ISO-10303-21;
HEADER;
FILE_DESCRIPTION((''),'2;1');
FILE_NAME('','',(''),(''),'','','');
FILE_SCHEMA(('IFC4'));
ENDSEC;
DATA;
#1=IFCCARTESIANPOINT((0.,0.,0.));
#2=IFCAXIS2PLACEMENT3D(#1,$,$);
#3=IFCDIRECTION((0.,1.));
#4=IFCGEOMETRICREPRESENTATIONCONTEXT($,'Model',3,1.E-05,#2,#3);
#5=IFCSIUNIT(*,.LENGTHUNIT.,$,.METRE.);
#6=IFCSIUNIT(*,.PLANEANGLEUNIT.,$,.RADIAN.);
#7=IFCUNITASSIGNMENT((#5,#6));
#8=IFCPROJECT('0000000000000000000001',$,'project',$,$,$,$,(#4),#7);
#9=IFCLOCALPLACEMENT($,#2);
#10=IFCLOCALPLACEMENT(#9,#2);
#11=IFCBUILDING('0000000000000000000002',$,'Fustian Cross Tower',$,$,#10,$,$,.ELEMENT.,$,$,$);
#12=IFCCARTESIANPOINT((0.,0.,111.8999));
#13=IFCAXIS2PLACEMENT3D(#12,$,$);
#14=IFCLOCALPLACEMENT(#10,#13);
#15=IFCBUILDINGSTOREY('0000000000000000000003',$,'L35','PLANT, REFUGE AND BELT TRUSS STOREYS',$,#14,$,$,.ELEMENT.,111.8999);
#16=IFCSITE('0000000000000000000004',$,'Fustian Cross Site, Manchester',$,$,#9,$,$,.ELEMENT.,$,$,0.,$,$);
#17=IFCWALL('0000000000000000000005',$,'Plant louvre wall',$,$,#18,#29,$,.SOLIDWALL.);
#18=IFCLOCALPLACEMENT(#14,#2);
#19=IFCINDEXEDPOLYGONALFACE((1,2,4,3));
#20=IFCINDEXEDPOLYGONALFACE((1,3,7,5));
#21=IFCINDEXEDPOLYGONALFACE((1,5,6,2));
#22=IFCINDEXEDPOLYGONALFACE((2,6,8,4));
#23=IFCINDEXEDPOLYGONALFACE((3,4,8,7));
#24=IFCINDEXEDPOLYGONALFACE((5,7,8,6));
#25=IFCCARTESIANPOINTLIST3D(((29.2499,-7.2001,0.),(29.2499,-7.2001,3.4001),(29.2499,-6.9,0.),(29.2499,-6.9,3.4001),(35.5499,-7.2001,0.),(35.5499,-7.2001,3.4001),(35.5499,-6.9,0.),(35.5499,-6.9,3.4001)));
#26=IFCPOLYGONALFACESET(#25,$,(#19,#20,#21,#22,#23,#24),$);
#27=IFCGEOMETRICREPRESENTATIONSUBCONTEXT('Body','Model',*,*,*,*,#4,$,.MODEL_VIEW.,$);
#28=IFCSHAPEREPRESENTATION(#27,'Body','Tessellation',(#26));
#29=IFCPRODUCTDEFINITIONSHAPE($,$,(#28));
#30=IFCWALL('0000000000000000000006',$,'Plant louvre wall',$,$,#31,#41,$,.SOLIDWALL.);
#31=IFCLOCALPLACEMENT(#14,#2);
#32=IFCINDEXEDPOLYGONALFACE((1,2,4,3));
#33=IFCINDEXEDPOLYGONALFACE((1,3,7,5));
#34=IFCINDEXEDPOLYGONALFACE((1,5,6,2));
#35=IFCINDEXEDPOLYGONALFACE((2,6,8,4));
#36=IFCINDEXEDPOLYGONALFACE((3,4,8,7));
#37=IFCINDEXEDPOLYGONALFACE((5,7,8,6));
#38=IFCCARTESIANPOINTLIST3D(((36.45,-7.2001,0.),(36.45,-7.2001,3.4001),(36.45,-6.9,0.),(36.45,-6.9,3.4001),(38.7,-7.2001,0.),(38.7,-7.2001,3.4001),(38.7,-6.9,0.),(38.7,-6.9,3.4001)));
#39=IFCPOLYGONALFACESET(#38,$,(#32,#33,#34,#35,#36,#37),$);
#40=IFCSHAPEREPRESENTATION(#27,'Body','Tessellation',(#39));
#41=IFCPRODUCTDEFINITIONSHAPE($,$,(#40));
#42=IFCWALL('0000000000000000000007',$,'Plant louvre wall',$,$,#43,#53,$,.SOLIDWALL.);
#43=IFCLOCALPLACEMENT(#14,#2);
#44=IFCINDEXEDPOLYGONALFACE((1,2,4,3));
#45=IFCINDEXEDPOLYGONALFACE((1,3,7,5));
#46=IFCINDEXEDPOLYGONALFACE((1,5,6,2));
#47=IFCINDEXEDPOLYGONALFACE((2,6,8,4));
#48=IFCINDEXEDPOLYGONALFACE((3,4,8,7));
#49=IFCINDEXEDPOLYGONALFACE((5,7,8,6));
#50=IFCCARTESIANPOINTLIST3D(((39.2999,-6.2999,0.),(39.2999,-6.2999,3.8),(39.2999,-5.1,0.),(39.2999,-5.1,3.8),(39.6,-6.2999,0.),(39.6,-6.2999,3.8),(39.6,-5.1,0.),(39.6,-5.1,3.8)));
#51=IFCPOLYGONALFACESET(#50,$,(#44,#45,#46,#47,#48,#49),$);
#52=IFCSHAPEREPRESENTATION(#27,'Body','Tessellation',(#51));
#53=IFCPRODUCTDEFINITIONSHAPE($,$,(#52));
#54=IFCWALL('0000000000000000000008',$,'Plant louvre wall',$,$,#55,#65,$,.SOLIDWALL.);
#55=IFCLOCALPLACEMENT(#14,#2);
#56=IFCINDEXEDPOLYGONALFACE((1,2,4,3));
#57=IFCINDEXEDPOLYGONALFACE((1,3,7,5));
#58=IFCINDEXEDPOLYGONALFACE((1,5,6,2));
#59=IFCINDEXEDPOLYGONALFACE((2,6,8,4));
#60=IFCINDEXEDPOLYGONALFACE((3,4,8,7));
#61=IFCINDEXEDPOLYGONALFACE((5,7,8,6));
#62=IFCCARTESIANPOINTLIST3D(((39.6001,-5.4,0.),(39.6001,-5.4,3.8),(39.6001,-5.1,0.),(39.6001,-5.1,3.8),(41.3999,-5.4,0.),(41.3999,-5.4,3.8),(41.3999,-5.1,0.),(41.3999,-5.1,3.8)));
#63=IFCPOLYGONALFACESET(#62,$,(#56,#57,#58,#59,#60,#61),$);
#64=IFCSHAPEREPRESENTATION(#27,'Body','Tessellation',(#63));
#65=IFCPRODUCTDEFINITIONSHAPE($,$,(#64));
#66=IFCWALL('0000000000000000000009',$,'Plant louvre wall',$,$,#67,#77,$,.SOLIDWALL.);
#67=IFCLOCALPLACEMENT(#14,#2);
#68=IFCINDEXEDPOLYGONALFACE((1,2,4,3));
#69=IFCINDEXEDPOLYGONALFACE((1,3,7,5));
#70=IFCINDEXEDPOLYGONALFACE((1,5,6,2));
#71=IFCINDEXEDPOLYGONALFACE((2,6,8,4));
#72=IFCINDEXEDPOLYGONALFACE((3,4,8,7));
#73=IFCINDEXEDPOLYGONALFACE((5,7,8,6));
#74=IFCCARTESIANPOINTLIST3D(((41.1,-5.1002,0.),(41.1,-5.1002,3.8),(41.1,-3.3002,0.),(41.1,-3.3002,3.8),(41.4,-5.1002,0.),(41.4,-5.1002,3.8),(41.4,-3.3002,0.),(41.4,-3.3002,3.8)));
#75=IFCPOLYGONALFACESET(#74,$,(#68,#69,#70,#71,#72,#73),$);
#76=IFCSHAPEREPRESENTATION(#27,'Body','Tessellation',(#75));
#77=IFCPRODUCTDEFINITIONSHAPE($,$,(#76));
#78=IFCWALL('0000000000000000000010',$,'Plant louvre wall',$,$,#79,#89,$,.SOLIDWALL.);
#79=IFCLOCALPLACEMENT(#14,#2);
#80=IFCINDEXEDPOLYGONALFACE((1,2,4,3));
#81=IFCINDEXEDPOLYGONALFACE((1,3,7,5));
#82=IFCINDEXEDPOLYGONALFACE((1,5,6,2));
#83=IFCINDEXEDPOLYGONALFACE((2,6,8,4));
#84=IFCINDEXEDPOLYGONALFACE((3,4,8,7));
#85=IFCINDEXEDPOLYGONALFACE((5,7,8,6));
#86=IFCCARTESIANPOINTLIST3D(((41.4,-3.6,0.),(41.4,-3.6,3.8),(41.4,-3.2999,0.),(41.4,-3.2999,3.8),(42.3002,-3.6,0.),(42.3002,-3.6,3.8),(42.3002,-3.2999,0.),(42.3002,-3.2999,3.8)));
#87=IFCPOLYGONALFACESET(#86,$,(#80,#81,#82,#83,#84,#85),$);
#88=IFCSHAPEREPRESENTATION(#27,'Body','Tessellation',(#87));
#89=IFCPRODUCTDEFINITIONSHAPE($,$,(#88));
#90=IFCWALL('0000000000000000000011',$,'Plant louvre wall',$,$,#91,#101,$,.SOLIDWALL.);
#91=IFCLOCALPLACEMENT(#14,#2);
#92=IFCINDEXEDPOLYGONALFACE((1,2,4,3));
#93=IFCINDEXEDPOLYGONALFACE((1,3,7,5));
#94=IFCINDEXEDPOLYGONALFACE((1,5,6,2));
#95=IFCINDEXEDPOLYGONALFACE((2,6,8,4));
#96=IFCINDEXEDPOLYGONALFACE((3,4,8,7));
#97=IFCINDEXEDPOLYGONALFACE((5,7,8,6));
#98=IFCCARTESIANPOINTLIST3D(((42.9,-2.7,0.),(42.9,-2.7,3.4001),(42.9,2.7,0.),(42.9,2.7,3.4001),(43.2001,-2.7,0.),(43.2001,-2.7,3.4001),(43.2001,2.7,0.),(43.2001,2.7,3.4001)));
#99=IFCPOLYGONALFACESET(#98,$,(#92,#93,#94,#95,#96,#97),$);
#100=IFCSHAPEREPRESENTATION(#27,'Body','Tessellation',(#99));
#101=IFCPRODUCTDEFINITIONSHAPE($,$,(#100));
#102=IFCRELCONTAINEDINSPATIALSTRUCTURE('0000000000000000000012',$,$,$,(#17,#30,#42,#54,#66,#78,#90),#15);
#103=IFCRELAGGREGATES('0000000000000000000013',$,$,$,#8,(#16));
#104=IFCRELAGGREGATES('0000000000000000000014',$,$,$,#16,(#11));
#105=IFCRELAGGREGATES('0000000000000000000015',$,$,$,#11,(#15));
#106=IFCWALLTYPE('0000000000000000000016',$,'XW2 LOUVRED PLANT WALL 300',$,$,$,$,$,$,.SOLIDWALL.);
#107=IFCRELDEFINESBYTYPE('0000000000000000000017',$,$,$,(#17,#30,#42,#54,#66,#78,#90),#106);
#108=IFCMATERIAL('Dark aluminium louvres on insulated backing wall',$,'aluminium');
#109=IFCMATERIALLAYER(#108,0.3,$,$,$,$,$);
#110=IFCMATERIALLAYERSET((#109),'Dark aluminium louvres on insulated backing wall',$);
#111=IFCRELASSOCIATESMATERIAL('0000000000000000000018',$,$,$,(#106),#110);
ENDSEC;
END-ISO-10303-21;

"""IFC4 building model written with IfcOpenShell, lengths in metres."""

from ifc_helpers import new_model, si_unit, direction, frame, frame_2d, origin, place, context, subcontext, project, spatial, rectangle, extrude, material, layer, layer_set, type_object, element, save


model = new_model("IFC4")

# Units and contexts
model_context = context("Model", 3, precision=1e-05, world=origin(), true_north=direction((0.0, 1.0)))
body_context = subcontext(model_context, "Body", "Model", "MODEL_VIEW")
ifc_project = project(units=[si_unit("LENGTHUNIT", "METRE"), si_unit("PLANEANGLEUNIT", "RADIAN")], contexts=[model_context])

# Site, building, storey
site_placement = place(None, origin())
site = spatial("IfcSite", under=ifc_project, at=site_placement, Name="Fustian Cross Site, Manchester", CompositionType="ELEMENT", RefElevation=0.0)
building_placement = place(site_placement, origin())
building = spatial("IfcBuilding", under=site, at=building_placement, Name="Fustian Cross Tower", CompositionType="ELEMENT")
storey_placement = place(building_placement, frame((0.0, 0.0, 111.8999)))
storey = spatial("IfcBuildingStorey", under=building, at=storey_placement, Name="L35", Description="PLANT, REFUGE AND BELT TRUSS STOREYS", CompositionType="ELEMENT", Elevation=111.8999)

# Walls
ifc_material_1 = material(Name="Dark aluminium louvres on insulated backing wall", Category="aluminium")
ifc_layer_1 = layer(ifc_material_1, 0.3)
ifc_layer_set_1 = layer_set([ifc_layer_1], Name="Dark aluminium louvres on insulated backing wall")
wall_type_1 = type_object("IfcWallType", Name="XW2 LOUVRED PLANT WALL 300", PredefinedType="SOLIDWALL", material=ifc_layer_set_1)
wall_1_placement = place(storey_placement, frame((29.25, -7.05, 0.0), z_axis=(0.0, 0.0, 1.0), x_axis=(1.0, 0.0, 0.0)))
element("IfcWall", 1, at=wall_1_placement, inside=storey, type_object=wall_type_1, Name="Plant louvre wall", PredefinedType="SOLIDWALL", context=body_context, shape_type="SweptSolid", body=[
    extrude(rectangle(XDim=6.3, YDim=0.3, at=frame_2d((3.1499, 0.0))), origin(), (0.0, 0.0, 1.0), 3.4001),
])
wall_2_placement = place(storey_placement, frame((36.45, -7.05, 0.0), z_axis=(0.0, 0.0, 1.0), x_axis=(1.0, 0.0, 0.0)))
element("IfcWall", 2, at=wall_2_placement, inside=storey, type_object=wall_type_1, Name="Plant louvre wall", PredefinedType="SOLIDWALL", context=body_context, shape_type="SweptSolid", body=[
    extrude(rectangle(XDim=2.25, YDim=0.3, at=frame_2d((1.125, 0.0))), origin(), (0.0, 0.0, 1.0), 3.4001),
])
wall_3_placement = place(storey_placement, frame((39.45, -6.3, 0.0), z_axis=(0.0, 0.0, 1.0), x_axis=(0.0, 1.0, 0.0)))
element("IfcWall", 3, at=wall_3_placement, inside=storey, type_object=wall_type_1, Name="Plant louvre wall", PredefinedType="SOLIDWALL", context=body_context, shape_type="SweptSolid", body=[
    extrude(rectangle(XDim=1.2, YDim=0.3, at=frame_2d((0.6001, 0.0))), origin(), (0.0, 0.0, 1.0), 3.8),
])
wall_4_placement = place(storey_placement, frame((39.6001, -5.25, 0.0), z_axis=(0.0, 0.0, 1.0), x_axis=(1.0, 0.0, 0.0)))
element("IfcWall", 4, at=wall_4_placement, inside=storey, type_object=wall_type_1, Name="Plant louvre wall", PredefinedType="SOLIDWALL", context=body_context, shape_type="SweptSolid", body=[
    extrude(rectangle(XDim=1.7998, YDim=0.3, at=frame_2d((0.8999, 0.0))), origin(), (0.0, 0.0, 1.0), 3.8),
])
wall_5_placement = place(storey_placement, frame((41.25, -5.1001, 0.0), z_axis=(0.0, 0.0, 1.0), x_axis=(0.0, 1.0, 0.0)))
element("IfcWall", 5, at=wall_5_placement, inside=storey, type_object=wall_type_1, Name="Plant louvre wall", PredefinedType="SOLIDWALL", context=body_context, shape_type="SweptSolid", body=[
    extrude(rectangle(XDim=1.8, YDim=0.3, at=frame_2d((0.8999, 0.0))), origin(), (0.0, 0.0, 1.0), 3.8),
])
wall_6_placement = place(storey_placement, frame((41.3999, -3.45, 0.0), z_axis=(0.0, 0.0, 1.0), x_axis=(1.0, 0.0, 0.0)))
element("IfcWall", 6, at=wall_6_placement, inside=storey, type_object=wall_type_1, Name="Plant louvre wall", PredefinedType="SOLIDWALL", context=body_context, shape_type="SweptSolid", body=[
    extrude(rectangle(XDim=0.9001, YDim=0.3, at=frame_2d((0.4502, 0.0))), origin(), (0.0, 0.0, 1.0), 3.8),
])
wall_7_placement = place(storey_placement, frame((43.05, -2.7, 0.0), z_axis=(0.0, 0.0, 1.0), x_axis=(0.0, 1.0, 0.0)))
element("IfcWall", 7, at=wall_7_placement, inside=storey, type_object=wall_type_1, Name="Plant louvre wall", PredefinedType="SOLIDWALL", context=body_context, shape_type="SweptSolid", body=[
    extrude(rectangle(XDim=5.3999, YDim=0.3, at=frame_2d((2.7, 0.0))), origin(), (0.0, 0.0, 1.0), 3.4001),
])

save(model, "model.ifc")
